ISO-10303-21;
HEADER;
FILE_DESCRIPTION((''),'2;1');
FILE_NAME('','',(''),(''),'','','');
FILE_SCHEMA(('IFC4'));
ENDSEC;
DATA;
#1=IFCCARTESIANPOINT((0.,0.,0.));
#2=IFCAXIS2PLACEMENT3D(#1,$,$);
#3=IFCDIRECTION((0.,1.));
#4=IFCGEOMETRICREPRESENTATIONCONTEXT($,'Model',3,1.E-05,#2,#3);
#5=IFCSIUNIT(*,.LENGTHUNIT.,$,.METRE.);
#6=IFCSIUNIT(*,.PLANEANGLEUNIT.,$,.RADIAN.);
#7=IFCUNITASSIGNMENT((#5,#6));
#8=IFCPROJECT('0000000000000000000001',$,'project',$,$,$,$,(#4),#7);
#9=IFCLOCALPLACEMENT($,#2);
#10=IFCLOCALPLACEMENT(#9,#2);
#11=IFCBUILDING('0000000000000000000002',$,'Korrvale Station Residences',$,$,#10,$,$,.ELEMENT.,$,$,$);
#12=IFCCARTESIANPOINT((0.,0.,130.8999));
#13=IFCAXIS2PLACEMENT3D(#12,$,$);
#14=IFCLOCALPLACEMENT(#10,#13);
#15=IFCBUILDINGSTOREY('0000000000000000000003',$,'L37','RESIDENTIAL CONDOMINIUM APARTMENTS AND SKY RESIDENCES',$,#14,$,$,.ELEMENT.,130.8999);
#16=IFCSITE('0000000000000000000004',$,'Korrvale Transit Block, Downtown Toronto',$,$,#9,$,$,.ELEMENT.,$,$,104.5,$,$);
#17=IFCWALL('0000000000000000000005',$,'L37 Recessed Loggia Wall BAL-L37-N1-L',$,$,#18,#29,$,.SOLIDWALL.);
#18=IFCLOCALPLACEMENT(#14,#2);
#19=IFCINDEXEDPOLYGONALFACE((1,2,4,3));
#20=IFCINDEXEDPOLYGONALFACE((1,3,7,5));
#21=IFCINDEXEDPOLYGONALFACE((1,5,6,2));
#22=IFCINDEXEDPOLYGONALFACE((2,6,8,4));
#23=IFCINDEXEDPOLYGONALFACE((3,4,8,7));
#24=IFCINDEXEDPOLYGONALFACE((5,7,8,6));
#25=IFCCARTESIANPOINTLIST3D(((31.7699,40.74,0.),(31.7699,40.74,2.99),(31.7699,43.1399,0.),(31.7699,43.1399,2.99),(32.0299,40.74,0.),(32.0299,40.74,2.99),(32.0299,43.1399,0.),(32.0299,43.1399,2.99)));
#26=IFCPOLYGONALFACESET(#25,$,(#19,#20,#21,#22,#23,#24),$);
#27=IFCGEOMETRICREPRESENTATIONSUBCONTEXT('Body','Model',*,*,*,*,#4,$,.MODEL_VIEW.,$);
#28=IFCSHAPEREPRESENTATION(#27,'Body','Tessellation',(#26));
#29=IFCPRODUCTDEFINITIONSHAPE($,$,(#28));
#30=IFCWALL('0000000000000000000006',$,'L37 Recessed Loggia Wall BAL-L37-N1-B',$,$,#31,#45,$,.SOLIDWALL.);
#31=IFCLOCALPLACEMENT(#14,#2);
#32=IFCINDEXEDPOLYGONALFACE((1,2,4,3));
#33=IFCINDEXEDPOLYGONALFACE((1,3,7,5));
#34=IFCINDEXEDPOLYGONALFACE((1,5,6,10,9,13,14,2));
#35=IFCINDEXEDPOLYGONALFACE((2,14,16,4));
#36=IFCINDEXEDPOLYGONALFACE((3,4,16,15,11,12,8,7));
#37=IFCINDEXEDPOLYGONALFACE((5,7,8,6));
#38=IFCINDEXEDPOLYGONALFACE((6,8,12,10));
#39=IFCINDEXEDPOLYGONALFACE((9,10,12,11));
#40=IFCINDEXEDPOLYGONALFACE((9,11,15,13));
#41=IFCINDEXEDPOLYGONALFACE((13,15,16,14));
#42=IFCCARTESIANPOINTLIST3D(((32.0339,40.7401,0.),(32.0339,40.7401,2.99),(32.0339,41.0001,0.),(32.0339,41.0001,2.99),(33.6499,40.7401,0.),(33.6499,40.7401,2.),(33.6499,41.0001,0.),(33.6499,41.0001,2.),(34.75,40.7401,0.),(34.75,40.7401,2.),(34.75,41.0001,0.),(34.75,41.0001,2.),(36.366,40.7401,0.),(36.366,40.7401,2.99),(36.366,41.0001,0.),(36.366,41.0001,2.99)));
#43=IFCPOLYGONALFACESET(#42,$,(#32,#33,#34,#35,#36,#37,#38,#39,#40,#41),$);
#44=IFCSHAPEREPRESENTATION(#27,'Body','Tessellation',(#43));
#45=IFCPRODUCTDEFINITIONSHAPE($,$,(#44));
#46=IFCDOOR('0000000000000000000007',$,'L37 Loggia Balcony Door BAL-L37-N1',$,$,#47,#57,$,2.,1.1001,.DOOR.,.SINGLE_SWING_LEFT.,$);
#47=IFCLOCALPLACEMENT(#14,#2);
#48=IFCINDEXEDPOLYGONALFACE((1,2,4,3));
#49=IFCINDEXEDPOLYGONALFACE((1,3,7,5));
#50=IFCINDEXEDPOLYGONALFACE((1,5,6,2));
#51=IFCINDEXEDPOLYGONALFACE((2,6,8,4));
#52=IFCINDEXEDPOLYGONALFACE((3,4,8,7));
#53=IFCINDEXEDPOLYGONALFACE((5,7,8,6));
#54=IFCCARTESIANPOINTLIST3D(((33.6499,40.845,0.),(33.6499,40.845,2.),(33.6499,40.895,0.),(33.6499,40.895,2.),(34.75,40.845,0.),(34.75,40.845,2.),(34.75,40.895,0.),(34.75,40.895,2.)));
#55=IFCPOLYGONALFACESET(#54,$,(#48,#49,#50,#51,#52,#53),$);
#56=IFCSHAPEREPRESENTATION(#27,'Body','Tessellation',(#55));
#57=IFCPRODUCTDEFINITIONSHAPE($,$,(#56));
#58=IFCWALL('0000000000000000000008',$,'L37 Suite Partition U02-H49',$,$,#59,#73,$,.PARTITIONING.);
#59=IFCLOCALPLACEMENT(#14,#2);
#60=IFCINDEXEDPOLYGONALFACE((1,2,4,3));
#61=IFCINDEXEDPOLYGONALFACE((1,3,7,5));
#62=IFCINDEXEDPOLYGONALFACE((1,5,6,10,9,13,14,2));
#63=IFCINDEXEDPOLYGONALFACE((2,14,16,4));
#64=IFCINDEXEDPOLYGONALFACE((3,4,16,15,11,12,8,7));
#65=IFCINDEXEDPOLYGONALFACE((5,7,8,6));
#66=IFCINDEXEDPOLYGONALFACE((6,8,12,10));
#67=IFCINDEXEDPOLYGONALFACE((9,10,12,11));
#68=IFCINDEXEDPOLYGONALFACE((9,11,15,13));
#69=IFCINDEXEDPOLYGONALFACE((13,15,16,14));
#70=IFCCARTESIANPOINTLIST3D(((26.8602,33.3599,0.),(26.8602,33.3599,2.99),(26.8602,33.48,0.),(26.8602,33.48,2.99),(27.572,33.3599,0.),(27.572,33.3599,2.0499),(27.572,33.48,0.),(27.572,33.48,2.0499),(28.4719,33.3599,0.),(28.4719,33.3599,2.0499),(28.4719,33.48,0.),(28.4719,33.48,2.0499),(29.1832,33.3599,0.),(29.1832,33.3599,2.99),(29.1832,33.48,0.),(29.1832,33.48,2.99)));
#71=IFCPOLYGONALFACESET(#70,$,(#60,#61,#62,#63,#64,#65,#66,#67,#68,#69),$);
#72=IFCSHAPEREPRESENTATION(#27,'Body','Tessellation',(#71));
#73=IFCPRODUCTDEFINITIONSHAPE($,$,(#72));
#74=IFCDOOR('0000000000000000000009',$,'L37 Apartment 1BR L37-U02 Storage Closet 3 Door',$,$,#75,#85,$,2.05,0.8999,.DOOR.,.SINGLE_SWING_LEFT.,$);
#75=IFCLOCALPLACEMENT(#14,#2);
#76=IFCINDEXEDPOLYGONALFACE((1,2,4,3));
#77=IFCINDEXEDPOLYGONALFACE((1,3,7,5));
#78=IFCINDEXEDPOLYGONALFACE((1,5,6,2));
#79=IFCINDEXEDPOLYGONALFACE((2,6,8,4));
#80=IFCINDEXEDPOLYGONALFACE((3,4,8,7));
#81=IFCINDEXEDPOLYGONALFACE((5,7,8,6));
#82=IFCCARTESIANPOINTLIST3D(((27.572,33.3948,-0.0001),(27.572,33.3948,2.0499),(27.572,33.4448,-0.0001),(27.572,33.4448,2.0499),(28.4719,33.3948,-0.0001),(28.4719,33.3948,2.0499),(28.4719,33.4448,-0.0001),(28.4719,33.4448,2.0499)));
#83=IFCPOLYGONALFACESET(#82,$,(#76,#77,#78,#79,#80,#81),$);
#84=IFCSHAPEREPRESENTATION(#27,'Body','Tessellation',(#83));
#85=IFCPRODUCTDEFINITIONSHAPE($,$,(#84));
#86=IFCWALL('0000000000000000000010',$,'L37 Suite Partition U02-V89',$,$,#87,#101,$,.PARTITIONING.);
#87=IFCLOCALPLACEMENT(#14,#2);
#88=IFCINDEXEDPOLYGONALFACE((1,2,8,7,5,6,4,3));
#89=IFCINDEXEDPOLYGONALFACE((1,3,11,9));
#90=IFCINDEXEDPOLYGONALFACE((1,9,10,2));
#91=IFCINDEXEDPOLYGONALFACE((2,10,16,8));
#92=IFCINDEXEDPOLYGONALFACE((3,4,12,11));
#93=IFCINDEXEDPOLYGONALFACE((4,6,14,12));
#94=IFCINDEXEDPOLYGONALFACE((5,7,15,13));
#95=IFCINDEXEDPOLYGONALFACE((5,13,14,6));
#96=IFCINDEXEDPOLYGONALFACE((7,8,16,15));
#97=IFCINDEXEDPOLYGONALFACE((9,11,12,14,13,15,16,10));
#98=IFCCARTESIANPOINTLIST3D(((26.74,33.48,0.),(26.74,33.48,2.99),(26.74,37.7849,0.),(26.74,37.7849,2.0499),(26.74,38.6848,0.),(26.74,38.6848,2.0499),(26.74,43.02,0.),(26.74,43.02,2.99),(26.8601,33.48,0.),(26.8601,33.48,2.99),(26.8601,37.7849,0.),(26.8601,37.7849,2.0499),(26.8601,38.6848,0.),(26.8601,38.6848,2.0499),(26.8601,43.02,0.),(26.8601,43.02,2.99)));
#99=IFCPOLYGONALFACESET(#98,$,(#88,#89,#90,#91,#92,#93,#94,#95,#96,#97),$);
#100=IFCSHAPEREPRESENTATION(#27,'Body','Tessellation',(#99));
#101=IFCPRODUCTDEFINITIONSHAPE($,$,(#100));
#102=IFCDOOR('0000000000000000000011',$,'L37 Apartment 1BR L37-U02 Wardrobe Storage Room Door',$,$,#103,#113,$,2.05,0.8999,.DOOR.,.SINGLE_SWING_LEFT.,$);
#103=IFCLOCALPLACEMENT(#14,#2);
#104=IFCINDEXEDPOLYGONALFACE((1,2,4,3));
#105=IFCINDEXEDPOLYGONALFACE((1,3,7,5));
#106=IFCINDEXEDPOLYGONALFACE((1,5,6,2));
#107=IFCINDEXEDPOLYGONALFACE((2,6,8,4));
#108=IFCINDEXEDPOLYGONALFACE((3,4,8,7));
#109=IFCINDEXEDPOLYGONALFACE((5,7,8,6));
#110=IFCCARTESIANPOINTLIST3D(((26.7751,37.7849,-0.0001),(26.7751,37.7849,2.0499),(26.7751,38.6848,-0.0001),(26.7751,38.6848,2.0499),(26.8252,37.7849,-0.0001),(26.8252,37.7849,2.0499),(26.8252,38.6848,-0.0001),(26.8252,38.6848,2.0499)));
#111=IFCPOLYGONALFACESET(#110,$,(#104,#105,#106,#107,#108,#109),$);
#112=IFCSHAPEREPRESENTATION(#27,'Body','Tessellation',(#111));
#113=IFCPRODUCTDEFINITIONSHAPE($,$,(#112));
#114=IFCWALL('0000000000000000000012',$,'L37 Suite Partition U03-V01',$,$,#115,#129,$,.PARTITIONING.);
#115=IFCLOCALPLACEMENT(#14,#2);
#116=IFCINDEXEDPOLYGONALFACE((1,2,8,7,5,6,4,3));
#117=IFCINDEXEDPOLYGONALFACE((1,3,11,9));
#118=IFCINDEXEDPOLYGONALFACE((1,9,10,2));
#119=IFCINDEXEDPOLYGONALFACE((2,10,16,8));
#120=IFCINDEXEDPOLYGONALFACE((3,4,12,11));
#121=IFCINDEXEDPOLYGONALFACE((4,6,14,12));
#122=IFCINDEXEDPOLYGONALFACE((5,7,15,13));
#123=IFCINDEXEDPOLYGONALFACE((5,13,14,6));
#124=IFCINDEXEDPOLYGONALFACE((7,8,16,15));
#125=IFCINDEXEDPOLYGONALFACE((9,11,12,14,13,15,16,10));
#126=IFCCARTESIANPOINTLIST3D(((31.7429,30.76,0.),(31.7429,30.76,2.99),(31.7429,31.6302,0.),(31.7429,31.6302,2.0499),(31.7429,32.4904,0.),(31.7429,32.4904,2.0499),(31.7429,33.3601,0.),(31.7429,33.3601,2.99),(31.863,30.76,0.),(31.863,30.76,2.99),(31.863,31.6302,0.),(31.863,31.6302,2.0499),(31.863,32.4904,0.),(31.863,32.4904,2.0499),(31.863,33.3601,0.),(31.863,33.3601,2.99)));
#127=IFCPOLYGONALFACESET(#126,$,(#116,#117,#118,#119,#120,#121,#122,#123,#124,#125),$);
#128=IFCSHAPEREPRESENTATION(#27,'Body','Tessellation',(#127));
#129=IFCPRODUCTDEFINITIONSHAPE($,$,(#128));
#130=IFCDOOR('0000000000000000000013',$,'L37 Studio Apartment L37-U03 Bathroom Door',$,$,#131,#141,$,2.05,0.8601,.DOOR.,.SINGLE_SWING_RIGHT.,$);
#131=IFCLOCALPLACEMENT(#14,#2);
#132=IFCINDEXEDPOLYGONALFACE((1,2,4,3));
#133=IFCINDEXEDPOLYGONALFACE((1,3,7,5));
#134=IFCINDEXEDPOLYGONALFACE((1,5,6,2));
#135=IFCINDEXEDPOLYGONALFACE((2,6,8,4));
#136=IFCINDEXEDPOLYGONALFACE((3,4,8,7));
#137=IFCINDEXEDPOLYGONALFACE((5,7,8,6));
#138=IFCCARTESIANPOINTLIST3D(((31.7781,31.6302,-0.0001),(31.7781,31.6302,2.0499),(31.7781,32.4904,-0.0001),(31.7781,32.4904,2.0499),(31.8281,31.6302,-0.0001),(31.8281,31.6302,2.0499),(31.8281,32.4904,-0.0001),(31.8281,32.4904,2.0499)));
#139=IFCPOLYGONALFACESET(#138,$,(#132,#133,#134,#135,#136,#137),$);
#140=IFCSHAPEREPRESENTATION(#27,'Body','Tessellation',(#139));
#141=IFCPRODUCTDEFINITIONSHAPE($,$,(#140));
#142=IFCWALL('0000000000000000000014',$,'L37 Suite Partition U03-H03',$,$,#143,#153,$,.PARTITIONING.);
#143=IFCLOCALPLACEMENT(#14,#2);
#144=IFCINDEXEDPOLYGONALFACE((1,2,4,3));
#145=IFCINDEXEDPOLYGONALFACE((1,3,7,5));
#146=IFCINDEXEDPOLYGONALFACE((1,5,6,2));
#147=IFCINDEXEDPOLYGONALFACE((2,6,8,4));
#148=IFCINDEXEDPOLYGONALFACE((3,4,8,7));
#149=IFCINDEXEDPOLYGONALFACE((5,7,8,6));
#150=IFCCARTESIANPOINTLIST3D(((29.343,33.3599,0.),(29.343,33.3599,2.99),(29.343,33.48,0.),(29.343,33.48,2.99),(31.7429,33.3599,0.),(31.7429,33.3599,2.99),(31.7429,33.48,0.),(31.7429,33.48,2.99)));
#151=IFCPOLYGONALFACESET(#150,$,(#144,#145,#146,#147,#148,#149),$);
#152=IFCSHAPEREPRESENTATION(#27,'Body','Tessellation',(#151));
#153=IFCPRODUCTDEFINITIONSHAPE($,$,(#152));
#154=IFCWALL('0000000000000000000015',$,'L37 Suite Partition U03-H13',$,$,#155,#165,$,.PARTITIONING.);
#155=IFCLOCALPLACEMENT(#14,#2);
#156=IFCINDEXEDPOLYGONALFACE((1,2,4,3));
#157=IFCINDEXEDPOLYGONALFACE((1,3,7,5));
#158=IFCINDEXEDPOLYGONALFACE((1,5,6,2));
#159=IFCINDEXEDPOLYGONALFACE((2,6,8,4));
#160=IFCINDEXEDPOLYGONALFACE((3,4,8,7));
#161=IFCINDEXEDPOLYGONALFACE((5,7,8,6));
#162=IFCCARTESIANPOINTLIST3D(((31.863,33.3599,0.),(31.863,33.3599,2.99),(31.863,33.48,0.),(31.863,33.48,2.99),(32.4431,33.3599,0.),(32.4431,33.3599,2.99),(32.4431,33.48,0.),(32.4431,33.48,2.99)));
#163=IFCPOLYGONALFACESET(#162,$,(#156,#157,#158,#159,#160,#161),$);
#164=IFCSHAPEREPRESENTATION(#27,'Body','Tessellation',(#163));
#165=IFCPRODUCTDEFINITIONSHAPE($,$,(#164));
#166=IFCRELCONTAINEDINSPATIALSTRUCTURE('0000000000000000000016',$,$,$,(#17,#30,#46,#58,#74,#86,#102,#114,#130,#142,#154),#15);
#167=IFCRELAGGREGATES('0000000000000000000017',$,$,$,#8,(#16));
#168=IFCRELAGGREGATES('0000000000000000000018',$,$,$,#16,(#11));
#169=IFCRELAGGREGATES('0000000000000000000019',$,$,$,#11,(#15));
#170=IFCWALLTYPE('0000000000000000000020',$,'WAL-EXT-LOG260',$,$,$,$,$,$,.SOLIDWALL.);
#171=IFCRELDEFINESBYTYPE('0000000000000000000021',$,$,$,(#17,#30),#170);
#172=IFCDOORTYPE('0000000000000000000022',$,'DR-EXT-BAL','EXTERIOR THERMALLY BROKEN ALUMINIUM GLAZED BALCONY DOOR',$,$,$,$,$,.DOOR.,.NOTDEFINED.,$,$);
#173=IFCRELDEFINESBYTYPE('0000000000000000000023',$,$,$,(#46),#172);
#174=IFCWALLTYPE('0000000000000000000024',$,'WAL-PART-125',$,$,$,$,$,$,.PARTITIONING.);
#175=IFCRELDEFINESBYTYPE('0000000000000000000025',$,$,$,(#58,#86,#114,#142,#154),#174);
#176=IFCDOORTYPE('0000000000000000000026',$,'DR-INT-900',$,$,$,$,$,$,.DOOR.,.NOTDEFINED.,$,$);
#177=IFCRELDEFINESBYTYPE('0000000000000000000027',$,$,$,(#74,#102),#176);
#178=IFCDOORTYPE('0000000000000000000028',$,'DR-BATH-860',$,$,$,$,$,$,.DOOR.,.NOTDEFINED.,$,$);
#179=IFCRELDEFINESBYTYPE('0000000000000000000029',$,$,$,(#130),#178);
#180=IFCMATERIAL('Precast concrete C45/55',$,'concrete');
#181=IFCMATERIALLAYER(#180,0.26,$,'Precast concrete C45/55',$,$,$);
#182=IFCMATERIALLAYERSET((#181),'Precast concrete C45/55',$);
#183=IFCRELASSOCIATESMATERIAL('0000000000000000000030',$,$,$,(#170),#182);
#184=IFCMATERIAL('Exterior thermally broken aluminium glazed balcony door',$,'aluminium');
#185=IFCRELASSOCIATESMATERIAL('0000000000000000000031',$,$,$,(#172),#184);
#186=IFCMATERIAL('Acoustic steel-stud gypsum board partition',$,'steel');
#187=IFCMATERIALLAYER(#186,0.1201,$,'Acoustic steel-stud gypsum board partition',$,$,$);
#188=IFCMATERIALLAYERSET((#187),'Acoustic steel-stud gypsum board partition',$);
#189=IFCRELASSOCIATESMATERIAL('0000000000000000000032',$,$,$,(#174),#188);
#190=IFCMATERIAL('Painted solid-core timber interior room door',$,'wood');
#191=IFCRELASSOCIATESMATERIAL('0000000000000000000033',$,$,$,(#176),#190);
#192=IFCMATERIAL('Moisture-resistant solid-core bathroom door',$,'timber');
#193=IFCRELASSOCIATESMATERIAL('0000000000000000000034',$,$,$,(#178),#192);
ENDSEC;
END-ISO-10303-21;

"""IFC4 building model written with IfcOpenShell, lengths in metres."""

from ifc_helpers import new_model, si_unit, direction, frame, frame_2d, origin, place, context, subcontext, project, spatial, rectangle, extrude, material, layer, layer_set, type_object, element, fill, save


model = new_model("IFC4")

# Units and contexts
model_context = context("Model", 3, precision=1e-05, world=origin(), true_north=direction((0.0, 1.0)))
body_context = subcontext(model_context, "Body", "Model", "MODEL_VIEW")
ifc_project = project(units=[si_unit("LENGTHUNIT", "METRE"), si_unit("PLANEANGLEUNIT", "RADIAN")], contexts=[model_context])

# Site, building, storey
site_placement = place(None, origin())
site = spatial("IfcSite", under=ifc_project, at=site_placement, Name="Korrvale Transit Block, Downtown Toronto", CompositionType="ELEMENT", RefElevation=104.5)
building_placement = place(site_placement, origin())
building = spatial("IfcBuilding", under=site, at=building_placement, Name="Korrvale Station Residences", CompositionType="ELEMENT")
storey_placement = place(building_placement, frame((0.0, 0.0, 130.8999)))
storey = spatial("IfcBuildingStorey", under=building, at=storey_placement, Name="L37", Description="RESIDENTIAL CONDOMINIUM APARTMENTS AND SKY RESIDENCES", CompositionType="ELEMENT", Elevation=130.8999)

# Wall
ifc_material_1 = material(Name="Precast concrete C45/55", Category="concrete")
ifc_layer_1 = layer(ifc_material_1, 0.26, Name="Precast concrete C45/55")
ifc_layer_set_1 = layer_set([ifc_layer_1], Name="Precast concrete C45/55")
wall_type_1 = type_object("IfcWallType", Name="WAL-EXT-LOG260", PredefinedType="SOLIDWALL", material=ifc_layer_set_1)
wall_1_placement = place(storey_placement, frame((31.8999, 43.1399, 0.0), z_axis=(0.0, 0.0, 1.0), x_axis=(0.0, -1.0, 0.0)))
element("IfcWall", 1, at=wall_1_placement, inside=storey, type_object=wall_type_1, Name="L37 Recessed Loggia Wall BAL-L37-N1-L", PredefinedType="SOLIDWALL", context=body_context, shape_type="SweptSolid", body=[
    extrude(rectangle(XDim=2.3999, YDim=0.26, at=frame_2d((1.2, 0.0))), origin(), (0.0, 0.0, 1.0), 2.99),
])

# Walls, openings, doors
wall_2_placement = place(storey_placement, frame((32.0339, 40.8701, 0.0), z_axis=(0.0, 0.0, 1.0), x_axis=(1.0, 0.0, 0.0)))
wall_2 = element("IfcWall", 2, at=wall_2_placement, inside=storey, type_object=wall_type_1, Name="L37 Recessed Loggia Wall BAL-L37-N1-B", PredefinedType="SOLIDWALL", context=body_context, shape_type="SweptSolid", body=[
    extrude(rectangle(XDim=4.332, YDim=0.26, at=frame_2d((2.166, 0.0))), origin(), (0.0, 0.0, 1.0), 2.99),
])
opening_1_placement = place(wall_2_placement, frame((1.616, 0.0, 0.0)))
opening_1 = element("IfcOpeningElement", 3, at=opening_1_placement, cuts=wall_2, PredefinedType="OPENING", context=body_context, shape_type="SweptSolid", body=[
    extrude(rectangle(XDim=1.1001, YDim=2.0, at=frame_2d((0.55, 1.0))), frame((0.0, 0.1401, 0.0), z_axis=(0.0, -1.0, 0.0), x_axis=(1.0, 0.0, 0.0)), (0.0, 0.0, 1.0), 0.28),
])
ifc_material_2 = material(Name="Exterior thermally broken aluminium glazed balcony door", Category="aluminium")
door_type_1 = type_object("IfcDoorType", Name="DR-EXT-BAL", Description="EXTERIOR THERMALLY BROKEN ALUMINIUM GLAZED BALCONY DOOR", OperationType="NOTDEFINED", PredefinedType="DOOR", material=ifc_material_2)
door_1_placement = place(opening_1_placement, origin())
door_1 = element("IfcDoor", 4, at=door_1_placement, inside=storey, type_object=door_type_1, Name="L37 Loggia Balcony Door BAL-L37-N1", OperationType="SINGLE_SWING_LEFT", OverallHeight=2.0, OverallWidth=1.1001, PredefinedType="DOOR", context=body_context, shape_type="SweptSolid", body=[
    extrude(rectangle(XDim=1.1001, YDim=2.0, at=frame_2d((0.55, 1.0))), frame((0.0, 0.0249, 0.0), z_axis=(0.0, -1.0, 0.0), x_axis=(1.0, 0.0, 0.0)), (0.0, 0.0, 1.0), 0.05),
])
fill(opening_1, door_1)
ifc_material_3 = material(Name="Acoustic steel-stud gypsum board partition", Category="steel")
ifc_layer_2 = layer(ifc_material_3, 0.1201, Name="Acoustic steel-stud gypsum board partition")
ifc_layer_set_2 = layer_set([ifc_layer_2], Name="Acoustic steel-stud gypsum board partition")
wall_type_2 = type_object("IfcWallType", Name="WAL-PART-125", PredefinedType="PARTITIONING", material=ifc_layer_set_2)
wall_3_placement = place(storey_placement, frame((26.8601, 33.4199, 0.0), z_axis=(0.0, 0.0, 1.0), x_axis=(1.0, 0.0, 0.0)))
wall_3 = element("IfcWall", 5, at=wall_3_placement, inside=storey, type_object=wall_type_2, Name="L37 Suite Partition U02-H49", PredefinedType="PARTITIONING", context=body_context, shape_type="SweptSolid", body=[
    extrude(rectangle(XDim=2.323, YDim=0.1201, at=frame_2d((1.1616, 0.0))), origin(), (0.0, 0.0, 1.0), 2.99),
])
opening_2_placement = place(wall_3_placement, frame((0.7119, 0.0, 0.0)))
opening_2 = element("IfcOpeningElement", 6, at=opening_2_placement, cuts=wall_3, PredefinedType="OPENING", context=body_context, shape_type="SweptSolid", body=[
    extrude(rectangle(XDim=0.8999, YDim=2.05, at=frame_2d((0.45, 1.0249))), frame((0.0, 0.0701, 0.0), z_axis=(0.0, -1.0, 0.0), x_axis=(1.0, 0.0, 0.0)), (0.0, 0.0, 1.0), 0.1401),
])
ifc_material_4 = material(Name="Painted solid-core timber interior room door", Category="wood")
door_type_2 = type_object("IfcDoorType", Name="DR-INT-900", OperationType="NOTDEFINED", PredefinedType="DOOR", material=ifc_material_4)
door_2_placement = place(opening_2_placement, origin())
door_2 = element("IfcDoor", 7, at=door_2_placement, inside=storey, type_object=door_type_2, Name="L37 Apartment 1BR L37-U02 Storage Closet 3 Door", OperationType="SINGLE_SWING_LEFT", OverallHeight=2.05, OverallWidth=0.8999, PredefinedType="DOOR", context=body_context, shape_type="SweptSolid", body=[
    extrude(rectangle(XDim=0.8999, YDim=2.05, at=frame_2d((0.45, 1.0249))), frame((0.0, 0.0249, 0.0), z_axis=(0.0, -1.0, 0.0), x_axis=(1.0, 0.0, 0.0)), (0.0, 0.0, 1.0), 0.05),
])
fill(opening_2, door_2)
wall_4_placement = place(storey_placement, frame((26.8, 33.48, 0.0), z_axis=(0.0, 0.0, 1.0), x_axis=(0.0, 1.0, 0.0)))
wall_4 = element("IfcWall", 8, at=wall_4_placement, inside=storey, type_object=wall_type_2, Name="L37 Suite Partition U02-V89", PredefinedType="PARTITIONING", context=body_context, shape_type="SweptSolid", body=[
    extrude(rectangle(XDim=9.54, YDim=0.1201, at=frame_2d((4.77, 0.0))), origin(), (0.0, 0.0, 1.0), 2.99),
])
opening_3_placement = place(wall_4_placement, frame((4.3049, 0.0, 0.0)))
opening_3 = element("IfcOpeningElement", 9, at=opening_3_placement, cuts=wall_4, PredefinedType="OPENING", context=body_context, shape_type="SweptSolid", body=[
    extrude(rectangle(XDim=0.8999, YDim=2.05, at=frame_2d((0.45, 1.0249))), frame((0.0, 0.0701, 0.0), z_axis=(0.0, -1.0, 0.0), x_axis=(1.0, 0.0, 0.0)), (0.0, 0.0, 1.0), 0.1401),
])
door_3_placement = place(opening_3_placement, origin())
door_3 = element("IfcDoor", 10, at=door_3_placement, inside=storey, type_object=door_type_2, Name="L37 Apartment 1BR L37-U02 Wardrobe Storage Room Door", OperationType="SINGLE_SWING_LEFT", OverallHeight=2.05, OverallWidth=0.8999, PredefinedType="DOOR", context=body_context, shape_type="SweptSolid", body=[
    extrude(rectangle(XDim=0.8999, YDim=2.05, at=frame_2d((0.45, 1.0249))), frame((0.0, 0.0249, 0.0), z_axis=(0.0, -1.0, 0.0), x_axis=(1.0, 0.0, 0.0)), (0.0, 0.0, 1.0), 0.05),
])
fill(opening_3, door_3)
wall_5_placement = place(storey_placement, frame((31.803, 30.76, 0.0), z_axis=(0.0, 0.0, 1.0), x_axis=(0.0, 1.0, 0.0)))
wall_5 = element("IfcWall", 11, at=wall_5_placement, inside=storey, type_object=wall_type_2, Name="L37 Suite Partition U03-V01", PredefinedType="PARTITIONING", context=body_context, shape_type="SweptSolid", body=[
    extrude(rectangle(XDim=2.6001, YDim=0.1201, at=frame_2d((1.3, 0.0))), origin(), (0.0, 0.0, 1.0), 2.99),
])
opening_4_placement = place(wall_5_placement, frame((0.8701, 0.0, 0.0)))
opening_4 = element("IfcOpeningElement", 12, at=opening_4_placement, cuts=wall_5, PredefinedType="OPENING", context=body_context, shape_type="SweptSolid", body=[
    extrude(rectangle(XDim=0.8601, YDim=2.05, at=frame_2d((0.4302, 1.0249))), frame((0.0, 0.0701, 0.0), z_axis=(0.0, -1.0, 0.0), x_axis=(1.0, 0.0, 0.0)), (0.0, 0.0, 1.0), 0.1401),
])
ifc_material_5 = material(Name="Moisture-resistant solid-core bathroom door", Category="timber")
door_type_3 = type_object("IfcDoorType", Name="DR-BATH-860", OperationType="NOTDEFINED", PredefinedType="DOOR", material=ifc_material_5)
door_4_placement = place(opening_4_placement, origin())
door_4 = element("IfcDoor", 13, at=door_4_placement, inside=storey, type_object=door_type_3, Name="L37 Studio Apartment L37-U03 Bathroom Door", OperationType="SINGLE_SWING_RIGHT", OverallHeight=2.05, OverallWidth=0.8601, PredefinedType="DOOR", context=body_context, shape_type="SweptSolid", body=[
    extrude(rectangle(XDim=0.8601, YDim=2.05, at=frame_2d((0.4302, 1.0249))), frame((0.0, 0.0249, 0.0), z_axis=(0.0, -1.0, 0.0), x_axis=(1.0, 0.0, 0.0)), (0.0, 0.0, 1.0), 0.05),
])
fill(opening_4, door_4)

# Walls
wall_6_placement = place(storey_placement, frame((29.343, 33.4199, 0.0), z_axis=(0.0, 0.0, 1.0), x_axis=(1.0, 0.0, 0.0)))
element("IfcWall", 14, at=wall_6_placement, inside=storey, type_object=wall_type_2, Name="L37 Suite Partition U03-H03", PredefinedType="PARTITIONING", context=body_context, shape_type="SweptSolid", body=[
    extrude(rectangle(XDim=2.3999, YDim=0.1201, at=frame_2d((1.2, 0.0))), origin(), (0.0, 0.0, 1.0), 2.99),
])
wall_7_placement = place(storey_placement, frame((31.863, 33.4199, 0.0), z_axis=(0.0, 0.0, 1.0), x_axis=(1.0, 0.0, 0.0)))
element("IfcWall", 15, at=wall_7_placement, inside=storey, type_object=wall_type_2, Name="L37 Suite Partition U03-H13", PredefinedType="PARTITIONING", context=body_context, shape_type="SweptSolid", body=[
    extrude(rectangle(XDim=0.5801, YDim=0.1201, at=frame_2d((0.29, 0.0))), origin(), (0.0, 0.0, 1.0), 2.99),
])

save(model, "model.ifc")
